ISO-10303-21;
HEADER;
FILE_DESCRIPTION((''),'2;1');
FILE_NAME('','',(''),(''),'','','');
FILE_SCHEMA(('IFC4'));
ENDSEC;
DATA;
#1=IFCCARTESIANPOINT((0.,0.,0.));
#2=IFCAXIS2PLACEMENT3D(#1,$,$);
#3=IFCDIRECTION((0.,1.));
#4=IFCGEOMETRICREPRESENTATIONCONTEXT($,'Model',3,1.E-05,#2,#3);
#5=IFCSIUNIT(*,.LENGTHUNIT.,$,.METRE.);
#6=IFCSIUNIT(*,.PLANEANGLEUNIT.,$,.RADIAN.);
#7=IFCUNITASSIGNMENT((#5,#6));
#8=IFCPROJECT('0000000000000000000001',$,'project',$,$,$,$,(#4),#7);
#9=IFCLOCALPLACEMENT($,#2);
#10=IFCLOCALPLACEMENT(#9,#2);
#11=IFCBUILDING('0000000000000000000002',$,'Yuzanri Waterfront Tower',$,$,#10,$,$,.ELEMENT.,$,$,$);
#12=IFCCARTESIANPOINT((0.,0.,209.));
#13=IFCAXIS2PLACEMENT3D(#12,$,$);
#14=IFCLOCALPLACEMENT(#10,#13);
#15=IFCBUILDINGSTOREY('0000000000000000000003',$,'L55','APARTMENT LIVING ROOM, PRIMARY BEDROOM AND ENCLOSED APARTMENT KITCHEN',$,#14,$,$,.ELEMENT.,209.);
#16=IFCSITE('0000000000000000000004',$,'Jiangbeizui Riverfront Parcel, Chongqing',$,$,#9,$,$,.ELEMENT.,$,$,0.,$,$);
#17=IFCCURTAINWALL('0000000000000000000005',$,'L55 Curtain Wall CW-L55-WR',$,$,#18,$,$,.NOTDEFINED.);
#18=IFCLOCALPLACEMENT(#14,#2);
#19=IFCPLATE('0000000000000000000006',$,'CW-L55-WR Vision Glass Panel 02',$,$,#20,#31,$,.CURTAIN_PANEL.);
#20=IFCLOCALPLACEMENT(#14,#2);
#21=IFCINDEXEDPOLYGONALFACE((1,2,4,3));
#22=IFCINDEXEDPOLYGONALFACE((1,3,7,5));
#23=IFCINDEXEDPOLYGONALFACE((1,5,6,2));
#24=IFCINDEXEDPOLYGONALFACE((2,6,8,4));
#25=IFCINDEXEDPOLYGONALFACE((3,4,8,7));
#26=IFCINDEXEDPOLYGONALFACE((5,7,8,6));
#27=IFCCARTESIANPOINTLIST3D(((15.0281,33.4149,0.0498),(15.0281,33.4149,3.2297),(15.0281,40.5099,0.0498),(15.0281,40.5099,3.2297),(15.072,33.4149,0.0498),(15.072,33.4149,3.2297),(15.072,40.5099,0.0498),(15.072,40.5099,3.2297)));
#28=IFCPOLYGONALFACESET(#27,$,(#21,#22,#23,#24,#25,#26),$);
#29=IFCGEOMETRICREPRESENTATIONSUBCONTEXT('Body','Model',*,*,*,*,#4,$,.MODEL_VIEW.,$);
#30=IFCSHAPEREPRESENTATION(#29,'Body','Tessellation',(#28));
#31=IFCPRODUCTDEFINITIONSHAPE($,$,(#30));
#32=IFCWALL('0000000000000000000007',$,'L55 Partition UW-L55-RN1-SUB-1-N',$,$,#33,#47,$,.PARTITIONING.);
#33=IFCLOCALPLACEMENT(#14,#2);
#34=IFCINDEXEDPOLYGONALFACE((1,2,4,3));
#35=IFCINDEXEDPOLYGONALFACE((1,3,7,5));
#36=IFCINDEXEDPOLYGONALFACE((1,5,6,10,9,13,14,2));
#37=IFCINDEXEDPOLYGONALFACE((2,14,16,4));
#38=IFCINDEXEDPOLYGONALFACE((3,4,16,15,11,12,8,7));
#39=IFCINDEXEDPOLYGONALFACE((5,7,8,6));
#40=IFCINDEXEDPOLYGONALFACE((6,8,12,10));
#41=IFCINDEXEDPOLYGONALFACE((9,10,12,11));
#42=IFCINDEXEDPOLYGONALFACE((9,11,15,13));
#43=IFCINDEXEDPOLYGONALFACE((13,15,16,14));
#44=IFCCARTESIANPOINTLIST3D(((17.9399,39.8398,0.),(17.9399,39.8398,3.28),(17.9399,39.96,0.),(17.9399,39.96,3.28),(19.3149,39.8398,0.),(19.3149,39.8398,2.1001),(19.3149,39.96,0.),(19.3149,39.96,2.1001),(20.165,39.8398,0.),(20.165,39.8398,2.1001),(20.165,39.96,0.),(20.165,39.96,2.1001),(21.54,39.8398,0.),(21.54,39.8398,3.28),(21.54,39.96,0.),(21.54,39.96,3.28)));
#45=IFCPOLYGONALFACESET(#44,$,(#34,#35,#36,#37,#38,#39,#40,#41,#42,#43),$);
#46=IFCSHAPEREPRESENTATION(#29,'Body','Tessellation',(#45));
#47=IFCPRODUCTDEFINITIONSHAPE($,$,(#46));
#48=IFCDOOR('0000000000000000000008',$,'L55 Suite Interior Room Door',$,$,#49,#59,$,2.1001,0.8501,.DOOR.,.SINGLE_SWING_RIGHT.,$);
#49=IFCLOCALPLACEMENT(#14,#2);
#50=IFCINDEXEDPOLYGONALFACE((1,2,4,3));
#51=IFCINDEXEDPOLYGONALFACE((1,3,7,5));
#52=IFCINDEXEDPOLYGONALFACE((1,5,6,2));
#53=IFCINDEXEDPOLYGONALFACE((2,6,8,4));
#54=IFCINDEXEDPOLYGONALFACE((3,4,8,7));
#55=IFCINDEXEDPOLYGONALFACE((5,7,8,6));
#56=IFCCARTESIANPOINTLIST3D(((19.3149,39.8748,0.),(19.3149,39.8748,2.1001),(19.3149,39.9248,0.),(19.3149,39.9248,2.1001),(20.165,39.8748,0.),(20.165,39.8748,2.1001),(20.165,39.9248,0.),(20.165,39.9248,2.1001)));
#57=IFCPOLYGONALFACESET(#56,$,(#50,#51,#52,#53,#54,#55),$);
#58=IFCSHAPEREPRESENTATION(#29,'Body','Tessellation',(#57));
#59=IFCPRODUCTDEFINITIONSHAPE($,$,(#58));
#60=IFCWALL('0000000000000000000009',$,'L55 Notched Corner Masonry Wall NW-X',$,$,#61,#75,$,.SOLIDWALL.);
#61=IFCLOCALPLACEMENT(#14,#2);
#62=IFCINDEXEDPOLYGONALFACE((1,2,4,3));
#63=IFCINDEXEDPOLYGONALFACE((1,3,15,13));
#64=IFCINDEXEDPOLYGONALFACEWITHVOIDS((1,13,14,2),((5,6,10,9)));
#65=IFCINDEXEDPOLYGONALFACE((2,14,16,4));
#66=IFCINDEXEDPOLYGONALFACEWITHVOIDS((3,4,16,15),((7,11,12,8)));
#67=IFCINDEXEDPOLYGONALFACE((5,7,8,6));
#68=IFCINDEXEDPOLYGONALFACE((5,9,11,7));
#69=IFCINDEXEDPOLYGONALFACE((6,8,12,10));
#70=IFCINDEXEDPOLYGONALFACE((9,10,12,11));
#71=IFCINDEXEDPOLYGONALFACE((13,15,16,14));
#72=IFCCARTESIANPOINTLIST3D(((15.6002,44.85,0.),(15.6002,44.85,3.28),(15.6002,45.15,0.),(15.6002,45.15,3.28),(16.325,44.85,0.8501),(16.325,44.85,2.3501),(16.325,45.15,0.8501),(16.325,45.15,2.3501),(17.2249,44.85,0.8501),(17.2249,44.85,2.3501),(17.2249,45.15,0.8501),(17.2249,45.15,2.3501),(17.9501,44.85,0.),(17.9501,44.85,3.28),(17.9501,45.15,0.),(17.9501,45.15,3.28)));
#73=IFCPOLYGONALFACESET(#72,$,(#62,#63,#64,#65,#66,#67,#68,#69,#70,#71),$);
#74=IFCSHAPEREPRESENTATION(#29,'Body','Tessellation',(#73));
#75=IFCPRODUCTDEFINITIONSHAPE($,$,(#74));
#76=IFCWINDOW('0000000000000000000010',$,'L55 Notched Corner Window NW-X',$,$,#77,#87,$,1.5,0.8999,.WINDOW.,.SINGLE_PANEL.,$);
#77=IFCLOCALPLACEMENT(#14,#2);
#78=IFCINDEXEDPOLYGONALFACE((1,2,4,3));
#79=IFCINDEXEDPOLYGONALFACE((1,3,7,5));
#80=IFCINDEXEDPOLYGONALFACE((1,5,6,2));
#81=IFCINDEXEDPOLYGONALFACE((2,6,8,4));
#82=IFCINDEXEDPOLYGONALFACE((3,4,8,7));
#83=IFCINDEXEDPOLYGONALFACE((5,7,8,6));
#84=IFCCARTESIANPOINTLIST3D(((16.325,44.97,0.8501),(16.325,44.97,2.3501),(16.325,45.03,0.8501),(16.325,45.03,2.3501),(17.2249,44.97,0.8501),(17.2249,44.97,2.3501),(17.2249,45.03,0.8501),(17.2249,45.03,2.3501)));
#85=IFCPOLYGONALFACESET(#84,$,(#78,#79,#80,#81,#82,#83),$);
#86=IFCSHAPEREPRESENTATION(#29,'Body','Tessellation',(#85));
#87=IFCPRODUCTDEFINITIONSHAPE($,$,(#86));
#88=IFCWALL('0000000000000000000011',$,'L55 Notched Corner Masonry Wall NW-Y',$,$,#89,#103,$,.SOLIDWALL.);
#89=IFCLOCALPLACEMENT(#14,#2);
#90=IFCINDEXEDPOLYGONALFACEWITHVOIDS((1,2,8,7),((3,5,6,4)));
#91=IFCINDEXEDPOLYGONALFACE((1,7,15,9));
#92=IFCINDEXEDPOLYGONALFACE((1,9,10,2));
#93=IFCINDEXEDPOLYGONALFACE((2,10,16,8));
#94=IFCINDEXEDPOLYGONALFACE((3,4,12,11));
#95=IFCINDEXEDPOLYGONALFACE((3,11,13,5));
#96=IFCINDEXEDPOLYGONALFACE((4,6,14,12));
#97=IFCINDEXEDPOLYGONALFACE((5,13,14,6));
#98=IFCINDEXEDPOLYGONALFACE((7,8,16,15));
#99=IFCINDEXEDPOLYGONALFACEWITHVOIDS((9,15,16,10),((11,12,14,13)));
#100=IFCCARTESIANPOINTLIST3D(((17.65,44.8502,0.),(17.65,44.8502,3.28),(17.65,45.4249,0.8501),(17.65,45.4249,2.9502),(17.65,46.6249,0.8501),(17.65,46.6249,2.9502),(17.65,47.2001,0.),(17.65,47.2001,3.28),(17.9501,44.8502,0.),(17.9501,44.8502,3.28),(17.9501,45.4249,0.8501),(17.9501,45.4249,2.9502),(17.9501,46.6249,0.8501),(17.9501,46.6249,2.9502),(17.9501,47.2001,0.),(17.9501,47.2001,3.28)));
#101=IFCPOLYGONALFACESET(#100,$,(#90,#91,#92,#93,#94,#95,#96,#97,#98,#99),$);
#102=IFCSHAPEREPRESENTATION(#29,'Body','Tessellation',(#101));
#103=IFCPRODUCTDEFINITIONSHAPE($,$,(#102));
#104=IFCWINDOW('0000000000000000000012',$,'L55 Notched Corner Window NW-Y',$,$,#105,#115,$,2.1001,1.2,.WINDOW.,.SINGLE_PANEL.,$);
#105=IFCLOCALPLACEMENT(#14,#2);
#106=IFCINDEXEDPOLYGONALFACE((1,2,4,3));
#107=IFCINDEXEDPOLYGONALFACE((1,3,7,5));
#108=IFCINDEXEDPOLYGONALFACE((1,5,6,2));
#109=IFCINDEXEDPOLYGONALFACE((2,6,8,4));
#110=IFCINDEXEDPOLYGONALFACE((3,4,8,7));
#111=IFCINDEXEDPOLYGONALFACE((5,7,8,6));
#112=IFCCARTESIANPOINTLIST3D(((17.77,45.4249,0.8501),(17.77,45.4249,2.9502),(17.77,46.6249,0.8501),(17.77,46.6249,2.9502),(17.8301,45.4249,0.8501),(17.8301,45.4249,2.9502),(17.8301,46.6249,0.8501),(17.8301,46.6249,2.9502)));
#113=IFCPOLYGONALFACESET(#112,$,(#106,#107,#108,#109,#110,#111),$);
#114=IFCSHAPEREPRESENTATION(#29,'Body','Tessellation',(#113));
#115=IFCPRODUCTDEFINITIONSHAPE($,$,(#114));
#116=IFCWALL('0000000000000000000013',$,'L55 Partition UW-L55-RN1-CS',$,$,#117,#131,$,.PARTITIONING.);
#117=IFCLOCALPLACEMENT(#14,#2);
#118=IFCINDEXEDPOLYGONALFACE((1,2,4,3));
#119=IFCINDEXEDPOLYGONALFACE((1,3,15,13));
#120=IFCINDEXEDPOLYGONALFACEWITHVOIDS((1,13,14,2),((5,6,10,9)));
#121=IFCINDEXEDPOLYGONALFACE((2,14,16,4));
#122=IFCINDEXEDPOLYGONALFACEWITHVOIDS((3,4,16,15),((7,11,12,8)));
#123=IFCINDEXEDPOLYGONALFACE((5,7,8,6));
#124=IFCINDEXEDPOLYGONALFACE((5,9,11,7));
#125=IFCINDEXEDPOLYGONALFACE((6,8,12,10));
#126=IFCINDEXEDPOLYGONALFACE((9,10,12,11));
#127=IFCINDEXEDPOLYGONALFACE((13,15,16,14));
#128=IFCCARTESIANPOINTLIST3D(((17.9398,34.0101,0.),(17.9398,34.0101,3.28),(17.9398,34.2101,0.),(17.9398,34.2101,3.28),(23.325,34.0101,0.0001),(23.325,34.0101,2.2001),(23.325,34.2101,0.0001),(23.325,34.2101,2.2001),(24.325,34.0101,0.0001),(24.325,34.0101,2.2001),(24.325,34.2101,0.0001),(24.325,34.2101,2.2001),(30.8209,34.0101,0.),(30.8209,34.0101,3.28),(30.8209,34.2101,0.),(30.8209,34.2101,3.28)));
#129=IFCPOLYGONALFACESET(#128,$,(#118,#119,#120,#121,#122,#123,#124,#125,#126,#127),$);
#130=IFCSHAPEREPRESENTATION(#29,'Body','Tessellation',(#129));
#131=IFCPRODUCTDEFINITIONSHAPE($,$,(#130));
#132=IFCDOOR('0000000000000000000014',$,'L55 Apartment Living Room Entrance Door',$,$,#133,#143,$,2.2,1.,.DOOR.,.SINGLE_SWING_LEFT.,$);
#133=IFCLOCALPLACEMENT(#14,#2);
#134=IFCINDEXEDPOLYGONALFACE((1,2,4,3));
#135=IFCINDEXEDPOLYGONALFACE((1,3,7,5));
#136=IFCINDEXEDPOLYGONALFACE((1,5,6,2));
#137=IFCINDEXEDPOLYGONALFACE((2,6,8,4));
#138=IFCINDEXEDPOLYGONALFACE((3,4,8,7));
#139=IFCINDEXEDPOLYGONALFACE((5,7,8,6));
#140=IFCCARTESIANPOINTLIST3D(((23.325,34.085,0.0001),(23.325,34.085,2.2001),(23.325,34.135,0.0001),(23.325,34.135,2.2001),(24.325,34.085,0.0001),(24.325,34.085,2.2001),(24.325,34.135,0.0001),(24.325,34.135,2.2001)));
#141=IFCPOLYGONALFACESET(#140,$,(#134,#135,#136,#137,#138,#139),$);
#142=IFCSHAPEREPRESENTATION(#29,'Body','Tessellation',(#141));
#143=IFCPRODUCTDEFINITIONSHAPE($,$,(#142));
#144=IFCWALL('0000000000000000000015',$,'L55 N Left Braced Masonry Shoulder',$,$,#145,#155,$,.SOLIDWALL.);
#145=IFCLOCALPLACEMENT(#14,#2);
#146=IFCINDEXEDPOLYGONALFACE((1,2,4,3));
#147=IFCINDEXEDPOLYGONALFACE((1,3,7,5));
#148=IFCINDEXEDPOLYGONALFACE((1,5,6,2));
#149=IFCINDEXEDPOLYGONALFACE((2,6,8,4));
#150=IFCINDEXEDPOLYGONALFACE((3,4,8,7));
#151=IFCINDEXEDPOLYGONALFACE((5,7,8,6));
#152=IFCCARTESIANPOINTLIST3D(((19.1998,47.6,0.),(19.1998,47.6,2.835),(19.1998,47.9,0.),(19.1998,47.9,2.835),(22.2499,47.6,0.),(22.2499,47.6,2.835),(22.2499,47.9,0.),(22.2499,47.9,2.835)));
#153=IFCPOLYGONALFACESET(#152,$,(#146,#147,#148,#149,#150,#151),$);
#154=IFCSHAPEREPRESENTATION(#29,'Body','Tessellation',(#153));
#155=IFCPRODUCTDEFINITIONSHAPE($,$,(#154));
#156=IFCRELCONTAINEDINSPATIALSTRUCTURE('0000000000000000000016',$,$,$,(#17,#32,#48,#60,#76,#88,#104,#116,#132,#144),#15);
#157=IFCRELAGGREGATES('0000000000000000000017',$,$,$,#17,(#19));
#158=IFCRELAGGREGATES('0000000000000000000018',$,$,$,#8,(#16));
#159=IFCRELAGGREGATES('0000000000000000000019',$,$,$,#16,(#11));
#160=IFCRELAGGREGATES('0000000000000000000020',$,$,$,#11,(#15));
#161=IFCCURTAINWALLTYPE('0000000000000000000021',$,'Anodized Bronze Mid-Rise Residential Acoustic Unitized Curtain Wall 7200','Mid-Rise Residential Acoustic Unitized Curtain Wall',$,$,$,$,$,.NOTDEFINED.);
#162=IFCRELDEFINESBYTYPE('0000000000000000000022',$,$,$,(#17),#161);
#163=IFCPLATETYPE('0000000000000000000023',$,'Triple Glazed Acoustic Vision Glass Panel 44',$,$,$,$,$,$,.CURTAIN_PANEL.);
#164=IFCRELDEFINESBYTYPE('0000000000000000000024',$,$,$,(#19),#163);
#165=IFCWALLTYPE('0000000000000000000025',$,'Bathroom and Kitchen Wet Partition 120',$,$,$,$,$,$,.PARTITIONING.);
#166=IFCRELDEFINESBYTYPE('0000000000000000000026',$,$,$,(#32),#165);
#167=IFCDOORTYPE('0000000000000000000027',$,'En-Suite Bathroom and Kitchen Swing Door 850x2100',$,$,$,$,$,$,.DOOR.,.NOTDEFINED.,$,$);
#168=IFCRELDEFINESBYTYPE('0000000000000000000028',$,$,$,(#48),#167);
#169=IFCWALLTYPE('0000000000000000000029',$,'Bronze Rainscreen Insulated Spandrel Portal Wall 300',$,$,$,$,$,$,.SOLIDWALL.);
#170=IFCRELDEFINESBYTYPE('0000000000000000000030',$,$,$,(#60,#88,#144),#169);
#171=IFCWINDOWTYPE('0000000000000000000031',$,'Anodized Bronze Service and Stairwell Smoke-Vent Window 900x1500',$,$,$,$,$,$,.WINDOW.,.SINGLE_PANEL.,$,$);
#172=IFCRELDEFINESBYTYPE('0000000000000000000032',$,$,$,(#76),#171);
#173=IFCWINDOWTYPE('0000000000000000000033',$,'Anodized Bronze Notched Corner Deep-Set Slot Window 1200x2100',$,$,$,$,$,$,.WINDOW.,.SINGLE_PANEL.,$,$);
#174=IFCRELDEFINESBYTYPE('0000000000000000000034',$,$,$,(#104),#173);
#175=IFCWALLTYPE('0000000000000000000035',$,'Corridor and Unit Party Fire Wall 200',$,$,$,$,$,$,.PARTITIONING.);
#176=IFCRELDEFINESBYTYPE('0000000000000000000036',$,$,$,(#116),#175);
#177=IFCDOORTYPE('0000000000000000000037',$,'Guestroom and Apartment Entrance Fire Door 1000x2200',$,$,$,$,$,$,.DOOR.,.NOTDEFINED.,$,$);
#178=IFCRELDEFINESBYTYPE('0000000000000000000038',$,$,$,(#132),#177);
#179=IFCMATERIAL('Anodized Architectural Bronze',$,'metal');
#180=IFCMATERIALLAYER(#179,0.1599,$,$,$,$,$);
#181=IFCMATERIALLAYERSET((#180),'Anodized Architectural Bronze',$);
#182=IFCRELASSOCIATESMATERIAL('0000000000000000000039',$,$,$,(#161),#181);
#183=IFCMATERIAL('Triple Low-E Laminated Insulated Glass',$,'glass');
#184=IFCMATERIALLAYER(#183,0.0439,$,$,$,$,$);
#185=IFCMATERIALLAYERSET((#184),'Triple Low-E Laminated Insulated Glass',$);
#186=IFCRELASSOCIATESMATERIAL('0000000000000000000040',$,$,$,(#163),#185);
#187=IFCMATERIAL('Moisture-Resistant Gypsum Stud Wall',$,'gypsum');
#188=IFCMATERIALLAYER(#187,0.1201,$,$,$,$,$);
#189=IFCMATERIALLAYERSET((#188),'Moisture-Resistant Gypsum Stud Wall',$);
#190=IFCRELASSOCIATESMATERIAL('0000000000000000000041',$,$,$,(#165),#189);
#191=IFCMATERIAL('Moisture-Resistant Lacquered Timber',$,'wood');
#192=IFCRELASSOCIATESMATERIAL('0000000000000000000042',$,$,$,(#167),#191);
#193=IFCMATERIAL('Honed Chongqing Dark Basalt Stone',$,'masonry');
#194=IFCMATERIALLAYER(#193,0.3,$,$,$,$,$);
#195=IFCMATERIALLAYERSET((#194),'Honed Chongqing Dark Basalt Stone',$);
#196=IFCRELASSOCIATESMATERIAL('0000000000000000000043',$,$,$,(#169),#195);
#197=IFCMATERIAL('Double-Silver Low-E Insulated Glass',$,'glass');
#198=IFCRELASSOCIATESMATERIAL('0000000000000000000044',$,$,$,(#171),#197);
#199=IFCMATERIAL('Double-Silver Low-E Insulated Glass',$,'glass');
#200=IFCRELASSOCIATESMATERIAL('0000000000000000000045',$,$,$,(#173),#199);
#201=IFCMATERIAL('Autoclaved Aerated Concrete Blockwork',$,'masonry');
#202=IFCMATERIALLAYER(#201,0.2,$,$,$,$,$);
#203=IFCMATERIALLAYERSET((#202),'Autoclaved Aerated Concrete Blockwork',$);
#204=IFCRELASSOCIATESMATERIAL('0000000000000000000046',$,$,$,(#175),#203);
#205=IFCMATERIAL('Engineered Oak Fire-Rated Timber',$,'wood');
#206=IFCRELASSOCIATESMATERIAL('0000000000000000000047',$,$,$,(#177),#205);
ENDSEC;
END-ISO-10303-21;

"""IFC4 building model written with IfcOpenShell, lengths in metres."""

from ifc_helpers import new_model, si_unit, direction, frame, frame_2d, origin, origin_2d, place, context, subcontext, project, spatial, rectangle, extrude, source, transform, mapped, material, layer, layer_set, type_object, element, fill, aggregate, save


model = new_model("IFC4")

# Units and contexts
model_context = context("Model", 3, precision=1e-05, world=origin(), true_north=direction((0.0, 1.0)))
body_context = subcontext(model_context, "Body", "Model", "MODEL_VIEW")
ifc_project = project(units=[si_unit("LENGTHUNIT", "METRE"), si_unit("PLANEANGLEUNIT", "RADIAN")], contexts=[model_context])

# Site, building, storey
site_placement = place(None, origin())
site = spatial("IfcSite", under=ifc_project, at=site_placement, Name="Jiangbeizui Riverfront Parcel, Chongqing", CompositionType="ELEMENT", RefElevation=0.0)
building_placement = place(site_placement, origin())
building = spatial("IfcBuilding", under=site, at=building_placement, Name="Yuzanri Waterfront Tower", CompositionType="ELEMENT")
storey_placement = place(building_placement, frame((0.0, 0.0, 209.0)))
storey = spatial("IfcBuildingStorey", under=building, at=storey_placement, Name="L55", Description="APARTMENT LIVING ROOM, PRIMARY BEDROOM AND ENCLOSED APARTMENT KITCHEN", CompositionType="ELEMENT", Elevation=209.0)

# Curtain wall
ifc_material_1 = material(Name="Anodized Architectural Bronze", Category="metal")
ifc_layer_1 = layer(ifc_material_1, 0.1599)
ifc_layer_set_1 = layer_set([ifc_layer_1], Name="Anodized Architectural Bronze")
curtain_wall_type = type_object("IfcCurtainWallType", Name="Anodized Bronze Mid-Rise Residential Acoustic Unitized Curtain Wall 7200", Description="Mid-Rise Residential Acoustic Unitized Curtain Wall", PredefinedType="NOTDEFINED", material=ifc_layer_set_1)
curtain_wall_placement = place(storey_placement, origin())
curtain_wall = element("IfcCurtainWall", 1, at=curtain_wall_placement, inside=storey, type_object=curtain_wall_type, Name="L55 Curtain Wall CW-L55-WR", PredefinedType="NOTDEFINED")

# Plate
ifc_material_2 = material(Name="Triple Low-E Laminated Insulated Glass", Category="glass")
ifc_layer_2 = layer(ifc_material_2, 0.0439)
ifc_layer_set_2 = layer_set([ifc_layer_2], Name="Triple Low-E Laminated Insulated Glass")
plate_type_1 = type_object("IfcPlateType", Name="Triple Glazed Acoustic Vision Glass Panel 44", PredefinedType="CURTAIN_PANEL", material=ifc_layer_set_2)
shared_shape_1 = source(origin(), body_context, "Body", "SweptSolid", [
    extrude(rectangle(XDim=7.095, YDim=0.0439, at=origin_2d()), origin(), (0.0, 0.0, 1.0), 3.1799),
])
plate_placement = place(storey_placement, frame((15.05, 36.9624, 0.0498), z_axis=(0.0, 0.0, 1.0), x_axis=(0.0, 1.0, 0.0)))
plate = element("IfcPlate", 2, at=plate_placement, type_object=plate_type_1, Name="CW-L55-WR Vision Glass Panel 02", PredefinedType="CURTAIN_PANEL", context=body_context, shape_type="MappedRepresentation", body=[
    mapped(shared_shape_1, transform((0.0, 0.0, 0.0), scale=1.0)),
])
aggregate(curtain_wall, [plate])

# Wall, opening, door
ifc_material_3 = material(Name="Moisture-Resistant Gypsum Stud Wall", Category="gypsum")
ifc_layer_3 = layer(ifc_material_3, 0.1201)
ifc_layer_set_3 = layer_set([ifc_layer_3], Name="Moisture-Resistant Gypsum Stud Wall")
wall_type_1 = type_object("IfcWallType", Name="Bathroom and Kitchen Wet Partition 120", PredefinedType="PARTITIONING", material=ifc_layer_set_3)
wall_1_placement = place(storey_placement, frame((17.9399, 39.8999, 0.0), z_axis=(0.0, 0.0, 1.0), x_axis=(1.0, 0.0, 0.0)))
wall_1 = element("IfcWall", 3, at=wall_1_placement, inside=storey, type_object=wall_type_1, Name="L55 Partition UW-L55-RN1-SUB-1-N", PredefinedType="PARTITIONING", context=body_context, shape_type="SweptSolid", body=[
    extrude(rectangle(XDim=3.6001, YDim=0.1201, at=frame_2d((1.8, 0.0))), origin(), (0.0, 0.0, 1.0), 3.28),
])
opening_1_placement = place(wall_1_placement, frame((1.375, 0.0, 0.0)))
opening_1 = element("IfcOpeningElement", 4, at=opening_1_placement, cuts=wall_1, PredefinedType="OPENING", context=body_context, shape_type="SweptSolid", body=[
    extrude(rectangle(XDim=0.8501, YDim=2.1001, at=frame_2d((0.425, 1.05))), frame((0.0, 0.075, 0.0), z_axis=(0.0, -1.0, 0.0), x_axis=(1.0, 0.0, 0.0)), (0.0, 0.0, 1.0), 0.1499),
])
ifc_material_4 = material(Name="Moisture-Resistant Lacquered Timber", Category="wood")
door_type_1 = type_object("IfcDoorType", Name="En-Suite Bathroom and Kitchen Swing Door 850x2100", OperationType="NOTDEFINED", PredefinedType="DOOR", material=ifc_material_4)
shared_shape_2 = source(origin(), body_context, "Body", "SweptSolid", [
    extrude(rectangle(XDim=0.8501, YDim=2.1001, at=frame_2d((0.425, 1.05))), frame((0.0, 0.0249, 0.0), z_axis=(0.0, -1.0, 0.0), x_axis=(1.0, 0.0, 0.0)), (0.0, 0.0, 1.0), 0.05),
])
door_1_placement = place(opening_1_placement, origin())
door_1 = element("IfcDoor", 5, at=door_1_placement, inside=storey, type_object=door_type_1, Name="L55 Suite Interior Room Door", OperationType="SINGLE_SWING_RIGHT", OverallHeight=2.1001, OverallWidth=0.8501, PredefinedType="DOOR", context=body_context, shape_type="MappedRepresentation", body=[
    mapped(shared_shape_2, transform((0.0, 0.0, 0.0), scale=1.0)),
])
fill(opening_1, door_1)

# Walls, openings, windows
ifc_material_5 = material(Name="Honed Chongqing Dark Basalt Stone", Category="masonry")
ifc_layer_4 = layer(ifc_material_5, 0.3)
ifc_layer_set_4 = layer_set([ifc_layer_4], Name="Honed Chongqing Dark Basalt Stone")
wall_type_2 = type_object("IfcWallType", Name="Bronze Rainscreen Insulated Spandrel Portal Wall 300", PredefinedType="SOLIDWALL", material=ifc_layer_set_4)
wall_2_placement = place(storey_placement, frame((17.95, 45.0, 0.0), z_axis=(0.0, 0.0, 1.0), x_axis=(-1.0, 0.0, 0.0)))
wall_2 = element("IfcWall", 6, at=wall_2_placement, inside=storey, type_object=wall_type_2, Name="L55 Notched Corner Masonry Wall NW-X", PredefinedType="SOLIDWALL", context=body_context, shape_type="SweptSolid", body=[
    extrude(rectangle(XDim=2.3499, YDim=0.3, at=frame_2d((1.1748, 0.0))), origin(), (0.0, 0.0, 1.0), 3.28),
])
opening_2_placement = place(wall_2_placement, frame((0.7251, 0.0, 0.8501)))
opening_2 = element("IfcOpeningElement", 7, at=opening_2_placement, cuts=wall_2, PredefinedType="OPENING", context=body_context, shape_type="SweptSolid", body=[
    extrude(rectangle(XDim=0.8999, YDim=1.5, at=frame_2d((0.45, 0.75))), frame((0.0, 0.165, 0.0), z_axis=(0.0, -1.0, 0.0), x_axis=(1.0, 0.0, 0.0)), (0.0, 0.0, 1.0), 0.3298),
])
ifc_material_6 = material(Name="Double-Silver Low-E Insulated Glass", Category="glass")
window_type_1 = type_object("IfcWindowType", Name="Anodized Bronze Service and Stairwell Smoke-Vent Window 900x1500", PartitioningType="SINGLE_PANEL", PredefinedType="WINDOW", material=ifc_material_6)
shared_shape_3 = source(origin(), body_context, "Body", "SweptSolid", [
    extrude(rectangle(XDim=0.8999, YDim=1.5, at=frame_2d((0.45, 0.75))), frame((0.0, 0.03, 0.0), z_axis=(0.0, -1.0, 0.0), x_axis=(1.0, 0.0, 0.0)), (0.0, 0.0, 1.0), 0.0601),
])
window_1_placement = place(opening_2_placement, origin())
window_1 = element("IfcWindow", 8, at=window_1_placement, inside=storey, type_object=window_type_1, Name="L55 Notched Corner Window NW-X", OverallHeight=1.5, OverallWidth=0.8999, PartitioningType="SINGLE_PANEL", PredefinedType="WINDOW", context=body_context, shape_type="MappedRepresentation", body=[
    mapped(shared_shape_3, transform((0.0, 0.0, 0.0), scale=1.0)),
])
fill(opening_2, window_1)
wall_3_placement = place(storey_placement, frame((17.8, 47.2, 0.0), z_axis=(0.0, 0.0, 1.0), x_axis=(0.0, -1.0, 0.0)))
wall_3 = element("IfcWall", 9, at=wall_3_placement, inside=storey, type_object=wall_type_2, Name="L55 Notched Corner Masonry Wall NW-Y", PredefinedType="SOLIDWALL", context=body_context, shape_type="SweptSolid", body=[
    extrude(rectangle(XDim=2.3499, YDim=0.3, at=frame_2d((1.1748, 0.0))), origin(), (0.0, 0.0, 1.0), 3.28),
])
opening_3_placement = place(wall_3_placement, frame((0.575, 0.0, 0.8501)))
opening_3 = element("IfcOpeningElement", 10, at=opening_3_placement, cuts=wall_3, PredefinedType="OPENING", context=body_context, shape_type="SweptSolid", body=[
    extrude(rectangle(XDim=1.2, YDim=2.1001, at=frame_2d((0.6001, 1.05))), frame((0.0, 0.165, 0.0), z_axis=(0.0, -1.0, 0.0), x_axis=(1.0, 0.0, 0.0)), (0.0, 0.0, 1.0), 0.3298),
])
ifc_material_7 = material(Name="Double-Silver Low-E Insulated Glass", Category="glass")
window_type_2 = type_object("IfcWindowType", Name="Anodized Bronze Notched Corner Deep-Set Slot Window 1200x2100", PartitioningType="SINGLE_PANEL", PredefinedType="WINDOW", material=ifc_material_7)
shared_shape_4 = source(origin(), body_context, "Body", "SweptSolid", [
    extrude(rectangle(XDim=1.2, YDim=2.1001, at=frame_2d((0.6001, 1.05))), frame((0.0, 0.03, 0.0), z_axis=(0.0, -1.0, 0.0), x_axis=(1.0, 0.0, 0.0)), (0.0, 0.0, 1.0), 0.0601),
])
window_2_placement = place(opening_3_placement, origin())
window_2 = element("IfcWindow", 11, at=window_2_placement, inside=storey, type_object=window_type_2, Name="L55 Notched Corner Window NW-Y", OverallHeight=2.1001, OverallWidth=1.2, PartitioningType="SINGLE_PANEL", PredefinedType="WINDOW", context=body_context, shape_type="MappedRepresentation", body=[
    mapped(shared_shape_4, transform((0.0, 0.0, 0.0), scale=1.0)),
])
fill(opening_3, window_2)

# Wall, opening, door
ifc_material_8 = material(Name="Autoclaved Aerated Concrete Blockwork", Category="masonry")
ifc_layer_5 = layer(ifc_material_8, 0.2)
ifc_layer_set_5 = layer_set([ifc_layer_5], Name="Autoclaved Aerated Concrete Blockwork")
wall_type_3 = type_object("IfcWallType", Name="Corridor and Unit Party Fire Wall 200", PredefinedType="PARTITIONING", material=ifc_layer_set_5)
wall_4_placement = place(storey_placement, frame((17.9399, 34.1101, 0.0), z_axis=(0.0, 0.0, 1.0), x_axis=(1.0, 0.0, 0.0)))
wall_4 = element("IfcWall", 12, at=wall_4_placement, inside=storey, type_object=wall_type_3, Name="L55 Partition UW-L55-RN1-CS", PredefinedType="PARTITIONING", context=body_context, shape_type="SweptSolid", body=[
    extrude(rectangle(XDim=12.8811, YDim=0.2, at=frame_2d((6.4404, 0.0))), origin(), (0.0, 0.0, 1.0), 3.28),
])
opening_4_placement = place(wall_4_placement, frame((5.385, 0.0, 0.0)))
opening_4 = element("IfcOpeningElement", 13, at=opening_4_placement, cuts=wall_4, PredefinedType="OPENING", context=body_context, shape_type="SweptSolid", body=[
    extrude(rectangle(XDim=1.0, YDim=2.2, at=frame_2d((0.5, 1.1001))), frame((0.0, 0.1147, 0.0), z_axis=(0.0, -1.0, 0.0), x_axis=(1.0, 0.0, 0.0)), (0.0, 0.0, 1.0), 0.2297),
])
ifc_material_9 = material(Name="Engineered Oak Fire-Rated Timber", Category="wood")
door_type_2 = type_object("IfcDoorType", Name="Guestroom and Apartment Entrance Fire Door 1000x2200", OperationType="NOTDEFINED", PredefinedType="DOOR", material=ifc_material_9)
shared_shape_5 = source(origin(), body_context, "Body", "SweptSolid", [
    extrude(rectangle(XDim=1.0, YDim=2.2, at=frame_2d((0.5, 1.1001))), frame((0.0, 0.0249, 0.0), z_axis=(0.0, -1.0, 0.0), x_axis=(1.0, 0.0, 0.0)), (0.0, 0.0, 1.0), 0.05),
])
door_2_placement = place(opening_4_placement, origin())
door_2 = element("IfcDoor", 14, at=door_2_placement, inside=storey, type_object=door_type_2, Name="L55 Apartment Living Room Entrance Door", OperationType="SINGLE_SWING_LEFT", OverallHeight=2.2, OverallWidth=1.0, PredefinedType="DOOR", context=body_context, shape_type="MappedRepresentation", body=[
    mapped(shared_shape_5, transform((0.0, 0.0, 0.0), scale=1.0)),
])
fill(opening_4, door_2)

# Wall
shared_shape_6 = source(origin(), body_context, "Body", "SweptSolid", [
    extrude(rectangle(XDim=3.05, YDim=0.3, at=frame_2d((1.5249, 0.0))), origin(), (0.0, 0.0, 1.0), 2.835),
])
for number, where, z_axis, x_axis, name in (
    (15, (19.2, 47.75, 0.0), (0.0, 0.0, 1.0), (1.0, 0.0, 0.0), "L55 N Left Braced Masonry Shoulder"),
):
    element("IfcWall", number, at=place(storey_placement, frame(where, z_axis=z_axis, x_axis=x_axis)), inside=storey, type_object=wall_type_2, Name=name, PredefinedType="SOLIDWALL", context=body_context, shape_type="MappedRepresentation", body=[
        mapped(shared_shape_6, transform((0.0, 0.0, 0.0), scale=1.0)),
    ])

save(model, "model.ifc")
